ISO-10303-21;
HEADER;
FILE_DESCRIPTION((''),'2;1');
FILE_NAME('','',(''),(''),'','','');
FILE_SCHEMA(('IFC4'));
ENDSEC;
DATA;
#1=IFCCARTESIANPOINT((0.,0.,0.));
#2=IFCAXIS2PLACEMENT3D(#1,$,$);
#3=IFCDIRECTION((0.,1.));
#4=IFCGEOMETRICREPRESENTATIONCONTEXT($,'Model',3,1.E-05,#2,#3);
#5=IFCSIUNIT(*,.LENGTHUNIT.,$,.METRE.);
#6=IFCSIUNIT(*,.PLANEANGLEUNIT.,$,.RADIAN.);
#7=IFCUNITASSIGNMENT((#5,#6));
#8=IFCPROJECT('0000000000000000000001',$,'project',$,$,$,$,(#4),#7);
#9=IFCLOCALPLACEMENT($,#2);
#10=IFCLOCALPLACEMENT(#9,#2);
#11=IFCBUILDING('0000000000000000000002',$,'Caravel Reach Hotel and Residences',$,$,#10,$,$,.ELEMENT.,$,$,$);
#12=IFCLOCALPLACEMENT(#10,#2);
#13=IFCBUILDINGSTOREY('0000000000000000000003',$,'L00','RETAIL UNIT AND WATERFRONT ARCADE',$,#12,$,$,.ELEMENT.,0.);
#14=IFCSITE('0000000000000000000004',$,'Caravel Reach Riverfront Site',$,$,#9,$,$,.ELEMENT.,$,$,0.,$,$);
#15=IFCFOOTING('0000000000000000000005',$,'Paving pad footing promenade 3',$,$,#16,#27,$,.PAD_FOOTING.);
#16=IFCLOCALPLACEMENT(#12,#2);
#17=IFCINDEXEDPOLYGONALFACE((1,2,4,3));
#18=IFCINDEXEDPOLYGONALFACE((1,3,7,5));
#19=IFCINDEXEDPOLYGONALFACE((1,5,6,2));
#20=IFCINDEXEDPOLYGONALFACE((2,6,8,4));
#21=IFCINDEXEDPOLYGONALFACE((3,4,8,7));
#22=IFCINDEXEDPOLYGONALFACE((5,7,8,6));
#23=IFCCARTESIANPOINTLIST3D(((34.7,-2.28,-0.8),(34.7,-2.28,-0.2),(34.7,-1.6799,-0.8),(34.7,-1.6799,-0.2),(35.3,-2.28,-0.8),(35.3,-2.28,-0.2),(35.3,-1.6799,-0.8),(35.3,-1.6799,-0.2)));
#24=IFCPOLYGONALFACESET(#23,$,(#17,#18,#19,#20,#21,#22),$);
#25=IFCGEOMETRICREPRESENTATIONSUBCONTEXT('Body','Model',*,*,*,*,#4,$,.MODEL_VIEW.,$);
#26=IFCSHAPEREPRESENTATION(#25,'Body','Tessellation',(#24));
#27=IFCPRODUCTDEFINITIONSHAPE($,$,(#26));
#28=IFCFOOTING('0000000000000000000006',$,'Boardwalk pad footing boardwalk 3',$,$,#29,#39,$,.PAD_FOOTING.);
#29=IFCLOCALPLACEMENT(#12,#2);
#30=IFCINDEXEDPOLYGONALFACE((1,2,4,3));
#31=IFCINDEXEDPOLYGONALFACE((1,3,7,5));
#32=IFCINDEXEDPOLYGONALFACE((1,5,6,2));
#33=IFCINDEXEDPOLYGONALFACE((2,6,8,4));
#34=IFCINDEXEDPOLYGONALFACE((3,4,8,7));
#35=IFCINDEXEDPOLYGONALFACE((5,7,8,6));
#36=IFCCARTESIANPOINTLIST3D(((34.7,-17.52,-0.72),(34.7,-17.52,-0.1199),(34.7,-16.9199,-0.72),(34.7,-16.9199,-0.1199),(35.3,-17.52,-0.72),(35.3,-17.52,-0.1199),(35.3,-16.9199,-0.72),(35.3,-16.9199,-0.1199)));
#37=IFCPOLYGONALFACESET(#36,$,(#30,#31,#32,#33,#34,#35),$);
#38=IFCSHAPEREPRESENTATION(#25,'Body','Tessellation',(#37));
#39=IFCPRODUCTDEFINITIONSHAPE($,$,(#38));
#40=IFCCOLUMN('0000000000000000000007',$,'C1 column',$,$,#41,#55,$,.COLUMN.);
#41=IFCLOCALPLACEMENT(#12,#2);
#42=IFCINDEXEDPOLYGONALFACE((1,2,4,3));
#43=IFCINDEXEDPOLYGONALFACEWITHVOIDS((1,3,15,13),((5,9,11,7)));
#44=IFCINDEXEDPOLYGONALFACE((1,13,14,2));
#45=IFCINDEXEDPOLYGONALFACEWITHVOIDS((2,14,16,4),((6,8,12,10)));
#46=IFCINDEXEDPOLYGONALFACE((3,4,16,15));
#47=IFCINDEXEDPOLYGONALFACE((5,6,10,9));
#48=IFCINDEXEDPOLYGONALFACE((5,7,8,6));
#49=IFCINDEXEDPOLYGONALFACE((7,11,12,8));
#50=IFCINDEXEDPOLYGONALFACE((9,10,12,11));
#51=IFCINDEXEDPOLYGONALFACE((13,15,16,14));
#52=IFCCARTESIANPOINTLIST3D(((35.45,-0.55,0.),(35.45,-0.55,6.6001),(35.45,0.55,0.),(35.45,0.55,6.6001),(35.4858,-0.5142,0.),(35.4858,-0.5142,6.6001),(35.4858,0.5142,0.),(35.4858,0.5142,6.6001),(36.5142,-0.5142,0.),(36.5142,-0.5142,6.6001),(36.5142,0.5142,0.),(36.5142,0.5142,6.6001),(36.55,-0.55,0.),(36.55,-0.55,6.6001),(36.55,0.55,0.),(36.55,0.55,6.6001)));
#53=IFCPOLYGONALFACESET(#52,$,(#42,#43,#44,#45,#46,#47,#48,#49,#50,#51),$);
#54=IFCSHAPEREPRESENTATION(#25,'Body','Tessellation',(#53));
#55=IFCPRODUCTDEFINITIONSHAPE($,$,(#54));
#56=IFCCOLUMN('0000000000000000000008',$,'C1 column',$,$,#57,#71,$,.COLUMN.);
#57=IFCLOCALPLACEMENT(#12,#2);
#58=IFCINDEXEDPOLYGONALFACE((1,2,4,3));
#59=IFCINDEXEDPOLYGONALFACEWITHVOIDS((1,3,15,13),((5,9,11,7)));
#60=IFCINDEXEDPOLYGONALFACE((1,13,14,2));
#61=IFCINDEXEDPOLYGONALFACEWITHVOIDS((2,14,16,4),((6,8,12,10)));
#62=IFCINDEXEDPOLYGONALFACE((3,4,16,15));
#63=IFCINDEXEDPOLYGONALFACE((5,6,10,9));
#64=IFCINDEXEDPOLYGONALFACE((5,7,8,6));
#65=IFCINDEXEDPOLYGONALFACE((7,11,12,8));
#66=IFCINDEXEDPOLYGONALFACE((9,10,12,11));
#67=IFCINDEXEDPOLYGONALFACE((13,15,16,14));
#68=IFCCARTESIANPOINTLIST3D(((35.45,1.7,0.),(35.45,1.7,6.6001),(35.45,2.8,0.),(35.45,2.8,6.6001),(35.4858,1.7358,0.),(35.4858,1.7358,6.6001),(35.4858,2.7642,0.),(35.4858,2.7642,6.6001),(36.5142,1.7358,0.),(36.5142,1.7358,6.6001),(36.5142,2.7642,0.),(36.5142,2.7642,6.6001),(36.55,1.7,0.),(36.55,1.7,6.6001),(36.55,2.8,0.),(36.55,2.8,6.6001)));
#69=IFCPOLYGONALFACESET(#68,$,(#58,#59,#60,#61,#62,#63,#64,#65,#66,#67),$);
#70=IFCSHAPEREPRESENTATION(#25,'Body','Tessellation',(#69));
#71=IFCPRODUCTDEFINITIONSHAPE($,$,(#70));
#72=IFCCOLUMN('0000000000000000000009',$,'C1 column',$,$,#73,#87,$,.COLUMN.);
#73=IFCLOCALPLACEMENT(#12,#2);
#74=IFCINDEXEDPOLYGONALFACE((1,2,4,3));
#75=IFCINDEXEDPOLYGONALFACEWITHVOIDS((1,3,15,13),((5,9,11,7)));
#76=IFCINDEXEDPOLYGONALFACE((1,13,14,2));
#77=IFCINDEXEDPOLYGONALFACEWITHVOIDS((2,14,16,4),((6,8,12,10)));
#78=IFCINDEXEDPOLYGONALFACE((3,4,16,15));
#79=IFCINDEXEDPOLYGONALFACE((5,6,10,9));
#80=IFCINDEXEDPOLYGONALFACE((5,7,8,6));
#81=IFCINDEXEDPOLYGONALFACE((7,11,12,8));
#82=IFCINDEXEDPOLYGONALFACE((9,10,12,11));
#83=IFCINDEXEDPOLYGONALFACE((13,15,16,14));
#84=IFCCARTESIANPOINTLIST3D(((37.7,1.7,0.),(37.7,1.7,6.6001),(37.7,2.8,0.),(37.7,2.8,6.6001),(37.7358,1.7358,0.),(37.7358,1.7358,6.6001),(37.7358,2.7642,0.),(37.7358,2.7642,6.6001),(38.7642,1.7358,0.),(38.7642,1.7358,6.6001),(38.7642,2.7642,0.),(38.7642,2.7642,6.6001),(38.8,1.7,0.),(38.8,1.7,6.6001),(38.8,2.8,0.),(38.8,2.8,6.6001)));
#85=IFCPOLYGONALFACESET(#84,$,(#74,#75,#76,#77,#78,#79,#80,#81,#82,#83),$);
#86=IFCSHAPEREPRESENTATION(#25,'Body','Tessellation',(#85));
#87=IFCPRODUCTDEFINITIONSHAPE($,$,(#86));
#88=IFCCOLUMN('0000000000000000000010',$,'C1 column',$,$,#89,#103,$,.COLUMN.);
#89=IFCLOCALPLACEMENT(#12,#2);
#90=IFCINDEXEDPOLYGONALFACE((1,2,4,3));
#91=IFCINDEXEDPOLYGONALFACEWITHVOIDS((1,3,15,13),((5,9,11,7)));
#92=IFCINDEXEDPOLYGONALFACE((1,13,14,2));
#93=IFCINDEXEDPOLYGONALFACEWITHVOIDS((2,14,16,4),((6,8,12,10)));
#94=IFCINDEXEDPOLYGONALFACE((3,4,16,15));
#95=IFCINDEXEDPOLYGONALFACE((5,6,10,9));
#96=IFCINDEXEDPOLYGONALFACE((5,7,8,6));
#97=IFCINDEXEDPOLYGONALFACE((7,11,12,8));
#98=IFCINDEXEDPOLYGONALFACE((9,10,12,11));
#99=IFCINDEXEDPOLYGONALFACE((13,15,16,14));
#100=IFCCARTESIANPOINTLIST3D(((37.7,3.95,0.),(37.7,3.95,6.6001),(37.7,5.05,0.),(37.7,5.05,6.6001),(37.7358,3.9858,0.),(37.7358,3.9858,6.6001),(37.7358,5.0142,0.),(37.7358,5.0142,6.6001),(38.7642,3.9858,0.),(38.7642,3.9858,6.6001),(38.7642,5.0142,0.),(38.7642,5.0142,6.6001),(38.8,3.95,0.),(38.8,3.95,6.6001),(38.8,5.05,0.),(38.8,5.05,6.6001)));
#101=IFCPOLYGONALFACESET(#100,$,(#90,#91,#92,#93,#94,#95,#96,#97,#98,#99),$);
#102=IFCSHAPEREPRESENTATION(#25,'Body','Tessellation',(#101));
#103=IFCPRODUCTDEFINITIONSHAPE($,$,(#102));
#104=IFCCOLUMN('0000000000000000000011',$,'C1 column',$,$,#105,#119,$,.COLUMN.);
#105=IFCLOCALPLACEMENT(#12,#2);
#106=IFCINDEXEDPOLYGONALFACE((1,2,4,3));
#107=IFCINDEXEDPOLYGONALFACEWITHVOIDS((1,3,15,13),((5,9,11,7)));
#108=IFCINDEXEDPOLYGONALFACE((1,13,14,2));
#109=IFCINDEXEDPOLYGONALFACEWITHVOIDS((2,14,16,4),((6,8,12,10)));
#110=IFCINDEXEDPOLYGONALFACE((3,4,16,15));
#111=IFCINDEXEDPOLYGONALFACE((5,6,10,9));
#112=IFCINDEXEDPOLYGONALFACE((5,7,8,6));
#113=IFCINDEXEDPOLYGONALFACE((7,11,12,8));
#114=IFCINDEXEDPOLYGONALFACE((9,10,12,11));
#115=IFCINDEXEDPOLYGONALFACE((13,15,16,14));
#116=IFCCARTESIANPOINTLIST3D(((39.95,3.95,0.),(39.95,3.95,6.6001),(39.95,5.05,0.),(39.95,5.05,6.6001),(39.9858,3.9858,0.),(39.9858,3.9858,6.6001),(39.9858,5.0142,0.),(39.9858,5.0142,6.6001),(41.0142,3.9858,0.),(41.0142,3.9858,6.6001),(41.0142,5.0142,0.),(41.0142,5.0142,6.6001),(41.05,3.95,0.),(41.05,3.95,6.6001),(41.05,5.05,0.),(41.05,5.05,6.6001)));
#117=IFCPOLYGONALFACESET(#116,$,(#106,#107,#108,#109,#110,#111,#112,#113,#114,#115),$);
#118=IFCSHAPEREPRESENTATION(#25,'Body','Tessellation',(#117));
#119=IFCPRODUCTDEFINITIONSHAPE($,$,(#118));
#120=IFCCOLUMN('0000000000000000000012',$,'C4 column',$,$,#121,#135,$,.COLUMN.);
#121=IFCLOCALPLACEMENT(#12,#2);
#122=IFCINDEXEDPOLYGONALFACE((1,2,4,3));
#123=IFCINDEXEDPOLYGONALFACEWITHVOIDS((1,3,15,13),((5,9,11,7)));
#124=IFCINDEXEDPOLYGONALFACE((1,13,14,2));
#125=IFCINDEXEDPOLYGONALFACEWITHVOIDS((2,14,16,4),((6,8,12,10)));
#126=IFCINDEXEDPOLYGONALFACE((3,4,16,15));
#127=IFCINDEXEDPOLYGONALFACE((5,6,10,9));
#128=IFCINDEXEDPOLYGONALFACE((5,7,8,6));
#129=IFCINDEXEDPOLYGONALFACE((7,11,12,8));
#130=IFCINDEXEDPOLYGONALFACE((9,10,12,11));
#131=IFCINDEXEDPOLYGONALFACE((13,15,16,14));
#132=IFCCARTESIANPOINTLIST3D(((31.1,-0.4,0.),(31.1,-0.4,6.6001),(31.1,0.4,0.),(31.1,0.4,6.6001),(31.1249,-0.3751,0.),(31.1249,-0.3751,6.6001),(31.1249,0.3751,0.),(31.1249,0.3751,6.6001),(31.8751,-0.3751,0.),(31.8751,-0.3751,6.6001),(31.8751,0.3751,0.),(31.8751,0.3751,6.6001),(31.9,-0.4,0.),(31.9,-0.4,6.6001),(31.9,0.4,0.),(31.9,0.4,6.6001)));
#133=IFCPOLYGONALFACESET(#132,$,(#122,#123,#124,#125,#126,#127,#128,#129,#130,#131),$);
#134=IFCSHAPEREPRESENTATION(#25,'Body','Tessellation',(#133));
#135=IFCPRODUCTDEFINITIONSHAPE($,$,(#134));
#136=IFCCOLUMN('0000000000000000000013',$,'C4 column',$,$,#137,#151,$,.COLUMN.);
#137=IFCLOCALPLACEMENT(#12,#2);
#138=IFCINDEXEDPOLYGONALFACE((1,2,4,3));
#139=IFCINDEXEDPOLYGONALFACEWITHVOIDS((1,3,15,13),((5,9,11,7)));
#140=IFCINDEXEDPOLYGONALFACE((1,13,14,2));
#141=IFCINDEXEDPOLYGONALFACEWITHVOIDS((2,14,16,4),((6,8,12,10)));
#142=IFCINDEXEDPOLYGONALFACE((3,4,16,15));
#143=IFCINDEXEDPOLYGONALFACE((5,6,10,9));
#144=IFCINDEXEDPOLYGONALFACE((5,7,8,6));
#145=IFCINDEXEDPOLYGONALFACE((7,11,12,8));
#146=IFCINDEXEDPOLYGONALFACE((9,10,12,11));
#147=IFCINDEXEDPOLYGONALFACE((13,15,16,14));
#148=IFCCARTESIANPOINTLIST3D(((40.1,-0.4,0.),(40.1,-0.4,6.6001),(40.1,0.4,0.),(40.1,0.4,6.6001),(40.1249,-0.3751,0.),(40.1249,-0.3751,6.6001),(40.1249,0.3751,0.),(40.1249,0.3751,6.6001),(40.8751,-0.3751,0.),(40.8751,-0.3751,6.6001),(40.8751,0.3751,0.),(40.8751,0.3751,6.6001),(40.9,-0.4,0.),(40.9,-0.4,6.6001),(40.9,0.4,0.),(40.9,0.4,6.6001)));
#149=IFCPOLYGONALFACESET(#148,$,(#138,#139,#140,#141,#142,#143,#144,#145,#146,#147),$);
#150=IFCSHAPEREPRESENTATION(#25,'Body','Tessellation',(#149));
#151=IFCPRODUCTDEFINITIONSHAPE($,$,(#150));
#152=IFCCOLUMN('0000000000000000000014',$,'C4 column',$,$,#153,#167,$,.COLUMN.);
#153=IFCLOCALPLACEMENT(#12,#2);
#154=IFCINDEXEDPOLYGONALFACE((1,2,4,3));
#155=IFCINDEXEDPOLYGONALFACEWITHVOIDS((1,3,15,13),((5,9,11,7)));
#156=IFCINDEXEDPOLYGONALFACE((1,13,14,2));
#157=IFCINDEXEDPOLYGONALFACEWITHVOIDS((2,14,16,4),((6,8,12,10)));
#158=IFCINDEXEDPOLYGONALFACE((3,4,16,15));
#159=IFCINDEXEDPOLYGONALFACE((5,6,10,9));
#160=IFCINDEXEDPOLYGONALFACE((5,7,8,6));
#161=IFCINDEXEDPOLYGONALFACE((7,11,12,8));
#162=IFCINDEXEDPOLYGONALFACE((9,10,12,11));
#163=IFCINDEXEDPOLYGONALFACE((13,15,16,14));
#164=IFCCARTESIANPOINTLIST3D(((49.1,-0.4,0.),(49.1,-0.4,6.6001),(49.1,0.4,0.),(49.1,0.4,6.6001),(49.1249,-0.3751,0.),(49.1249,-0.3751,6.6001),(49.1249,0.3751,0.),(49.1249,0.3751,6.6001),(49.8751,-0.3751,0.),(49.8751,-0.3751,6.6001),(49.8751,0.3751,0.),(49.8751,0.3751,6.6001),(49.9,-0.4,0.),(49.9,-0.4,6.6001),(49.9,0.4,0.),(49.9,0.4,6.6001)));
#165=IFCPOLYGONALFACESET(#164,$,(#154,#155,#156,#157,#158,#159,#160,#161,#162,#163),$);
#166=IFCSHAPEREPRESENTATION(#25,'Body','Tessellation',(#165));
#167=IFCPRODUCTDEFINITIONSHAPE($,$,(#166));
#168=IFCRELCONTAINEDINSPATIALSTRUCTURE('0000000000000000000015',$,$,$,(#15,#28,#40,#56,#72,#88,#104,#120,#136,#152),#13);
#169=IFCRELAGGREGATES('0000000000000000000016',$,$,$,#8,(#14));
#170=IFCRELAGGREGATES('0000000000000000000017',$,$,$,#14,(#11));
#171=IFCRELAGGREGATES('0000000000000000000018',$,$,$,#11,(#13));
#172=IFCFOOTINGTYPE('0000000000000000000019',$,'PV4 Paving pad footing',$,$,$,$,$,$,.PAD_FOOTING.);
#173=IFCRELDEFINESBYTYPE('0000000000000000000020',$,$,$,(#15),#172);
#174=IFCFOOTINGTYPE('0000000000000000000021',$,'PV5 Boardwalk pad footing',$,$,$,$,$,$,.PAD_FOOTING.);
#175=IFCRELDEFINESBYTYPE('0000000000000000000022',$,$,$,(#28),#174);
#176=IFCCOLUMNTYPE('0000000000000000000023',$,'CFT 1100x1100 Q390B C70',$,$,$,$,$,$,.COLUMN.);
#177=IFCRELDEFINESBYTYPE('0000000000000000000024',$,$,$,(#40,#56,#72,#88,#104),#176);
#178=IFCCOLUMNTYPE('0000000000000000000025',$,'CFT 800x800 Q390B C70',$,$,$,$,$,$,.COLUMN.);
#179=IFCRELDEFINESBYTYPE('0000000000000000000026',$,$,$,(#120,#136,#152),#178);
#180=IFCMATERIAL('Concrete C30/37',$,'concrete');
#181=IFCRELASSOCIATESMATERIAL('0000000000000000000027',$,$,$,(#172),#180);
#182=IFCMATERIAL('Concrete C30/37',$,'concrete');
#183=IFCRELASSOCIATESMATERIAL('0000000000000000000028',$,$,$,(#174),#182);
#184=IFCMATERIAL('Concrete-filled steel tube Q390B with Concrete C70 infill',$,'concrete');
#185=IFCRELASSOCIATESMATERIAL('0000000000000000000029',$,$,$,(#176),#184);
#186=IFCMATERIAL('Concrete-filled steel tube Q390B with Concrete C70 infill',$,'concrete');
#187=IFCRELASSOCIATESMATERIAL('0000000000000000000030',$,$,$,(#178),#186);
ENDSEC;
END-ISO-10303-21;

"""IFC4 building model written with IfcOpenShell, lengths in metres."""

from ifc_helpers import new_model, si_unit, direction, frame, origin, origin_2d, place, context, subcontext, project, spatial, rectangle, hollow_rectangle, extrude, material, material_profile, profile_set, type_object, element, save


model = new_model("IFC4")

# Units and contexts
model_context = context("Model", 3, precision=1e-05, world=origin(), true_north=direction((0.0, 1.0)))
body_context = subcontext(model_context, "Body", "Model", "MODEL_VIEW")
ifc_project = project(units=[si_unit("LENGTHUNIT", "METRE"), si_unit("PLANEANGLEUNIT", "RADIAN")], contexts=[model_context])

# Site, building, storey
site_placement = place(None, origin())
site = spatial("IfcSite", under=ifc_project, at=site_placement, Name="Caravel Reach Riverfront Site", CompositionType="ELEMENT", RefElevation=0.0)
building_placement = place(site_placement, origin())
building = spatial("IfcBuilding", under=site, at=building_placement, Name="Caravel Reach Hotel and Residences", CompositionType="ELEMENT")
storey_placement = place(building_placement, origin())
storey = spatial("IfcBuildingStorey", under=building, at=storey_placement, Name="L00", Description="RETAIL UNIT AND WATERFRONT ARCADE", CompositionType="ELEMENT", Elevation=0.0)

# Footings
ifc_material_1 = material(Name="Concrete C30/37", Category="concrete")
footing_type_1 = type_object("IfcFootingType", Name="PV4 Paving pad footing", PredefinedType="PAD_FOOTING", material=ifc_material_1)
footing_1_placement = place(storey_placement, frame((35.0, -1.98, -0.8), z_axis=(0.0, 0.0, 1.0), x_axis=(1.0, 0.0, 0.0)))
element("IfcFooting", 1, at=footing_1_placement, inside=storey, type_object=footing_type_1, Name="Paving pad footing promenade 3", PredefinedType="PAD_FOOTING", context=body_context, shape_type="SweptSolid", body=[
    extrude(rectangle(XDim=0.6001, YDim=0.6001, at=origin_2d()), origin(), (0.0, 0.0, 1.0), 0.6001),
])
ifc_material_2 = material(Name="Concrete C30/37", Category="concrete")
footing_type_2 = type_object("IfcFootingType", Name="PV5 Boardwalk pad footing", PredefinedType="PAD_FOOTING", material=ifc_material_2)
footing_2_placement = place(storey_placement, frame((35.0, -17.22, -0.72), z_axis=(0.0, 0.0, 1.0), x_axis=(1.0, 0.0, 0.0)))
element("IfcFooting", 2, at=footing_2_placement, inside=storey, type_object=footing_type_2, Name="Boardwalk pad footing boardwalk 3", PredefinedType="PAD_FOOTING", context=body_context, shape_type="SweptSolid", body=[
    extrude(rectangle(XDim=0.6001, YDim=0.6001, at=origin_2d()), origin(), (0.0, 0.0, 1.0), 0.6001),
])

# Columns
ifc_material_3 = material(Name="Concrete-filled steel tube Q390B with Concrete C70 infill", Category="concrete")
ifc_material_profile_1 = material_profile(ifc_material_3, hollow_rectangle(XDim=1.1001, YDim=1.1001, WallThickness=0.0359, at=origin_2d()), Name="RHS 1100x1100x36")
ifc_profile_set_1 = profile_set([ifc_material_profile_1], Name="Concrete-filled steel tube Q390B with Concrete C70 infill")
column_type_1 = type_object("IfcColumnType", Name="CFT 1100x1100 Q390B C70", PredefinedType="COLUMN", material=ifc_profile_set_1)
for number, where, z_axis, x_axis, name in (
    (3, (36.0, 0.0, 0.0), (0.0, 0.0, 1.0), (1.0, 0.0, 0.0), "C1 column"),
    (4, (36.0, 2.25, 0.0), (0.0, 0.0, 1.0), (1.0, 0.0, 0.0), "C1 column"),
    (5, (38.25, 2.25, 0.0), (0.0, 0.0, 1.0), (1.0, 0.0, 0.0), "C1 column"),
    (6, (38.25, 4.5, 0.0), (0.0, 0.0, 1.0), (1.0, 0.0, 0.0), "C1 column"),
    (7, (40.5, 4.5, 0.0), (0.0, 0.0, 1.0), (1.0, 0.0, 0.0), "C1 column"),
):
    element("IfcColumn", number, at=place(storey_placement, frame(where, z_axis=z_axis, x_axis=x_axis)), inside=storey, type_object=column_type_1, Name=name, PredefinedType="COLUMN", context=body_context, shape_type="SweptSolid", body=[
        extrude(hollow_rectangle(XDim=1.1001, YDim=1.1001, WallThickness=0.0359, at=origin_2d()), origin(), (0.0, 0.0, 1.0), 6.6001),
    ])
ifc_material_4 = material(Name="Concrete-filled steel tube Q390B with Concrete C70 infill", Category="concrete")
ifc_material_profile_2 = material_profile(ifc_material_4, hollow_rectangle(XDim=0.8, YDim=0.8, WallThickness=0.0249, at=origin_2d()), Name="RHS 800x800x25")
ifc_profile_set_2 = profile_set([ifc_material_profile_2], Name="Concrete-filled steel tube Q390B with Concrete C70 infill")
column_type_2 = type_object("IfcColumnType", Name="CFT 800x800 Q390B C70", PredefinedType="COLUMN", material=ifc_profile_set_2)
for number, where, z_axis, x_axis, name in (
    (8, (31.5, 0.0, 0.0), (0.0, 0.0, 1.0), (1.0, 0.0, 0.0), "C4 column"),
    (9, (40.5, 0.0, 0.0), (0.0, 0.0, 1.0), (1.0, 0.0, 0.0), "C4 column"),
    (10, (49.5, 0.0, 0.0), (0.0, 0.0, 1.0), (1.0, 0.0, 0.0), "C4 column"),
):
    element("IfcColumn", number, at=place(storey_placement, frame(where, z_axis=z_axis, x_axis=x_axis)), inside=storey, type_object=column_type_2, Name=name, PredefinedType="COLUMN", context=body_context, shape_type="SweptSolid", body=[
        extrude(hollow_rectangle(XDim=0.8, YDim=0.8, WallThickness=0.0249, at=origin_2d()), origin(), (0.0, 0.0, 1.0), 6.6001),
    ])

save(model, "model.ifc")
